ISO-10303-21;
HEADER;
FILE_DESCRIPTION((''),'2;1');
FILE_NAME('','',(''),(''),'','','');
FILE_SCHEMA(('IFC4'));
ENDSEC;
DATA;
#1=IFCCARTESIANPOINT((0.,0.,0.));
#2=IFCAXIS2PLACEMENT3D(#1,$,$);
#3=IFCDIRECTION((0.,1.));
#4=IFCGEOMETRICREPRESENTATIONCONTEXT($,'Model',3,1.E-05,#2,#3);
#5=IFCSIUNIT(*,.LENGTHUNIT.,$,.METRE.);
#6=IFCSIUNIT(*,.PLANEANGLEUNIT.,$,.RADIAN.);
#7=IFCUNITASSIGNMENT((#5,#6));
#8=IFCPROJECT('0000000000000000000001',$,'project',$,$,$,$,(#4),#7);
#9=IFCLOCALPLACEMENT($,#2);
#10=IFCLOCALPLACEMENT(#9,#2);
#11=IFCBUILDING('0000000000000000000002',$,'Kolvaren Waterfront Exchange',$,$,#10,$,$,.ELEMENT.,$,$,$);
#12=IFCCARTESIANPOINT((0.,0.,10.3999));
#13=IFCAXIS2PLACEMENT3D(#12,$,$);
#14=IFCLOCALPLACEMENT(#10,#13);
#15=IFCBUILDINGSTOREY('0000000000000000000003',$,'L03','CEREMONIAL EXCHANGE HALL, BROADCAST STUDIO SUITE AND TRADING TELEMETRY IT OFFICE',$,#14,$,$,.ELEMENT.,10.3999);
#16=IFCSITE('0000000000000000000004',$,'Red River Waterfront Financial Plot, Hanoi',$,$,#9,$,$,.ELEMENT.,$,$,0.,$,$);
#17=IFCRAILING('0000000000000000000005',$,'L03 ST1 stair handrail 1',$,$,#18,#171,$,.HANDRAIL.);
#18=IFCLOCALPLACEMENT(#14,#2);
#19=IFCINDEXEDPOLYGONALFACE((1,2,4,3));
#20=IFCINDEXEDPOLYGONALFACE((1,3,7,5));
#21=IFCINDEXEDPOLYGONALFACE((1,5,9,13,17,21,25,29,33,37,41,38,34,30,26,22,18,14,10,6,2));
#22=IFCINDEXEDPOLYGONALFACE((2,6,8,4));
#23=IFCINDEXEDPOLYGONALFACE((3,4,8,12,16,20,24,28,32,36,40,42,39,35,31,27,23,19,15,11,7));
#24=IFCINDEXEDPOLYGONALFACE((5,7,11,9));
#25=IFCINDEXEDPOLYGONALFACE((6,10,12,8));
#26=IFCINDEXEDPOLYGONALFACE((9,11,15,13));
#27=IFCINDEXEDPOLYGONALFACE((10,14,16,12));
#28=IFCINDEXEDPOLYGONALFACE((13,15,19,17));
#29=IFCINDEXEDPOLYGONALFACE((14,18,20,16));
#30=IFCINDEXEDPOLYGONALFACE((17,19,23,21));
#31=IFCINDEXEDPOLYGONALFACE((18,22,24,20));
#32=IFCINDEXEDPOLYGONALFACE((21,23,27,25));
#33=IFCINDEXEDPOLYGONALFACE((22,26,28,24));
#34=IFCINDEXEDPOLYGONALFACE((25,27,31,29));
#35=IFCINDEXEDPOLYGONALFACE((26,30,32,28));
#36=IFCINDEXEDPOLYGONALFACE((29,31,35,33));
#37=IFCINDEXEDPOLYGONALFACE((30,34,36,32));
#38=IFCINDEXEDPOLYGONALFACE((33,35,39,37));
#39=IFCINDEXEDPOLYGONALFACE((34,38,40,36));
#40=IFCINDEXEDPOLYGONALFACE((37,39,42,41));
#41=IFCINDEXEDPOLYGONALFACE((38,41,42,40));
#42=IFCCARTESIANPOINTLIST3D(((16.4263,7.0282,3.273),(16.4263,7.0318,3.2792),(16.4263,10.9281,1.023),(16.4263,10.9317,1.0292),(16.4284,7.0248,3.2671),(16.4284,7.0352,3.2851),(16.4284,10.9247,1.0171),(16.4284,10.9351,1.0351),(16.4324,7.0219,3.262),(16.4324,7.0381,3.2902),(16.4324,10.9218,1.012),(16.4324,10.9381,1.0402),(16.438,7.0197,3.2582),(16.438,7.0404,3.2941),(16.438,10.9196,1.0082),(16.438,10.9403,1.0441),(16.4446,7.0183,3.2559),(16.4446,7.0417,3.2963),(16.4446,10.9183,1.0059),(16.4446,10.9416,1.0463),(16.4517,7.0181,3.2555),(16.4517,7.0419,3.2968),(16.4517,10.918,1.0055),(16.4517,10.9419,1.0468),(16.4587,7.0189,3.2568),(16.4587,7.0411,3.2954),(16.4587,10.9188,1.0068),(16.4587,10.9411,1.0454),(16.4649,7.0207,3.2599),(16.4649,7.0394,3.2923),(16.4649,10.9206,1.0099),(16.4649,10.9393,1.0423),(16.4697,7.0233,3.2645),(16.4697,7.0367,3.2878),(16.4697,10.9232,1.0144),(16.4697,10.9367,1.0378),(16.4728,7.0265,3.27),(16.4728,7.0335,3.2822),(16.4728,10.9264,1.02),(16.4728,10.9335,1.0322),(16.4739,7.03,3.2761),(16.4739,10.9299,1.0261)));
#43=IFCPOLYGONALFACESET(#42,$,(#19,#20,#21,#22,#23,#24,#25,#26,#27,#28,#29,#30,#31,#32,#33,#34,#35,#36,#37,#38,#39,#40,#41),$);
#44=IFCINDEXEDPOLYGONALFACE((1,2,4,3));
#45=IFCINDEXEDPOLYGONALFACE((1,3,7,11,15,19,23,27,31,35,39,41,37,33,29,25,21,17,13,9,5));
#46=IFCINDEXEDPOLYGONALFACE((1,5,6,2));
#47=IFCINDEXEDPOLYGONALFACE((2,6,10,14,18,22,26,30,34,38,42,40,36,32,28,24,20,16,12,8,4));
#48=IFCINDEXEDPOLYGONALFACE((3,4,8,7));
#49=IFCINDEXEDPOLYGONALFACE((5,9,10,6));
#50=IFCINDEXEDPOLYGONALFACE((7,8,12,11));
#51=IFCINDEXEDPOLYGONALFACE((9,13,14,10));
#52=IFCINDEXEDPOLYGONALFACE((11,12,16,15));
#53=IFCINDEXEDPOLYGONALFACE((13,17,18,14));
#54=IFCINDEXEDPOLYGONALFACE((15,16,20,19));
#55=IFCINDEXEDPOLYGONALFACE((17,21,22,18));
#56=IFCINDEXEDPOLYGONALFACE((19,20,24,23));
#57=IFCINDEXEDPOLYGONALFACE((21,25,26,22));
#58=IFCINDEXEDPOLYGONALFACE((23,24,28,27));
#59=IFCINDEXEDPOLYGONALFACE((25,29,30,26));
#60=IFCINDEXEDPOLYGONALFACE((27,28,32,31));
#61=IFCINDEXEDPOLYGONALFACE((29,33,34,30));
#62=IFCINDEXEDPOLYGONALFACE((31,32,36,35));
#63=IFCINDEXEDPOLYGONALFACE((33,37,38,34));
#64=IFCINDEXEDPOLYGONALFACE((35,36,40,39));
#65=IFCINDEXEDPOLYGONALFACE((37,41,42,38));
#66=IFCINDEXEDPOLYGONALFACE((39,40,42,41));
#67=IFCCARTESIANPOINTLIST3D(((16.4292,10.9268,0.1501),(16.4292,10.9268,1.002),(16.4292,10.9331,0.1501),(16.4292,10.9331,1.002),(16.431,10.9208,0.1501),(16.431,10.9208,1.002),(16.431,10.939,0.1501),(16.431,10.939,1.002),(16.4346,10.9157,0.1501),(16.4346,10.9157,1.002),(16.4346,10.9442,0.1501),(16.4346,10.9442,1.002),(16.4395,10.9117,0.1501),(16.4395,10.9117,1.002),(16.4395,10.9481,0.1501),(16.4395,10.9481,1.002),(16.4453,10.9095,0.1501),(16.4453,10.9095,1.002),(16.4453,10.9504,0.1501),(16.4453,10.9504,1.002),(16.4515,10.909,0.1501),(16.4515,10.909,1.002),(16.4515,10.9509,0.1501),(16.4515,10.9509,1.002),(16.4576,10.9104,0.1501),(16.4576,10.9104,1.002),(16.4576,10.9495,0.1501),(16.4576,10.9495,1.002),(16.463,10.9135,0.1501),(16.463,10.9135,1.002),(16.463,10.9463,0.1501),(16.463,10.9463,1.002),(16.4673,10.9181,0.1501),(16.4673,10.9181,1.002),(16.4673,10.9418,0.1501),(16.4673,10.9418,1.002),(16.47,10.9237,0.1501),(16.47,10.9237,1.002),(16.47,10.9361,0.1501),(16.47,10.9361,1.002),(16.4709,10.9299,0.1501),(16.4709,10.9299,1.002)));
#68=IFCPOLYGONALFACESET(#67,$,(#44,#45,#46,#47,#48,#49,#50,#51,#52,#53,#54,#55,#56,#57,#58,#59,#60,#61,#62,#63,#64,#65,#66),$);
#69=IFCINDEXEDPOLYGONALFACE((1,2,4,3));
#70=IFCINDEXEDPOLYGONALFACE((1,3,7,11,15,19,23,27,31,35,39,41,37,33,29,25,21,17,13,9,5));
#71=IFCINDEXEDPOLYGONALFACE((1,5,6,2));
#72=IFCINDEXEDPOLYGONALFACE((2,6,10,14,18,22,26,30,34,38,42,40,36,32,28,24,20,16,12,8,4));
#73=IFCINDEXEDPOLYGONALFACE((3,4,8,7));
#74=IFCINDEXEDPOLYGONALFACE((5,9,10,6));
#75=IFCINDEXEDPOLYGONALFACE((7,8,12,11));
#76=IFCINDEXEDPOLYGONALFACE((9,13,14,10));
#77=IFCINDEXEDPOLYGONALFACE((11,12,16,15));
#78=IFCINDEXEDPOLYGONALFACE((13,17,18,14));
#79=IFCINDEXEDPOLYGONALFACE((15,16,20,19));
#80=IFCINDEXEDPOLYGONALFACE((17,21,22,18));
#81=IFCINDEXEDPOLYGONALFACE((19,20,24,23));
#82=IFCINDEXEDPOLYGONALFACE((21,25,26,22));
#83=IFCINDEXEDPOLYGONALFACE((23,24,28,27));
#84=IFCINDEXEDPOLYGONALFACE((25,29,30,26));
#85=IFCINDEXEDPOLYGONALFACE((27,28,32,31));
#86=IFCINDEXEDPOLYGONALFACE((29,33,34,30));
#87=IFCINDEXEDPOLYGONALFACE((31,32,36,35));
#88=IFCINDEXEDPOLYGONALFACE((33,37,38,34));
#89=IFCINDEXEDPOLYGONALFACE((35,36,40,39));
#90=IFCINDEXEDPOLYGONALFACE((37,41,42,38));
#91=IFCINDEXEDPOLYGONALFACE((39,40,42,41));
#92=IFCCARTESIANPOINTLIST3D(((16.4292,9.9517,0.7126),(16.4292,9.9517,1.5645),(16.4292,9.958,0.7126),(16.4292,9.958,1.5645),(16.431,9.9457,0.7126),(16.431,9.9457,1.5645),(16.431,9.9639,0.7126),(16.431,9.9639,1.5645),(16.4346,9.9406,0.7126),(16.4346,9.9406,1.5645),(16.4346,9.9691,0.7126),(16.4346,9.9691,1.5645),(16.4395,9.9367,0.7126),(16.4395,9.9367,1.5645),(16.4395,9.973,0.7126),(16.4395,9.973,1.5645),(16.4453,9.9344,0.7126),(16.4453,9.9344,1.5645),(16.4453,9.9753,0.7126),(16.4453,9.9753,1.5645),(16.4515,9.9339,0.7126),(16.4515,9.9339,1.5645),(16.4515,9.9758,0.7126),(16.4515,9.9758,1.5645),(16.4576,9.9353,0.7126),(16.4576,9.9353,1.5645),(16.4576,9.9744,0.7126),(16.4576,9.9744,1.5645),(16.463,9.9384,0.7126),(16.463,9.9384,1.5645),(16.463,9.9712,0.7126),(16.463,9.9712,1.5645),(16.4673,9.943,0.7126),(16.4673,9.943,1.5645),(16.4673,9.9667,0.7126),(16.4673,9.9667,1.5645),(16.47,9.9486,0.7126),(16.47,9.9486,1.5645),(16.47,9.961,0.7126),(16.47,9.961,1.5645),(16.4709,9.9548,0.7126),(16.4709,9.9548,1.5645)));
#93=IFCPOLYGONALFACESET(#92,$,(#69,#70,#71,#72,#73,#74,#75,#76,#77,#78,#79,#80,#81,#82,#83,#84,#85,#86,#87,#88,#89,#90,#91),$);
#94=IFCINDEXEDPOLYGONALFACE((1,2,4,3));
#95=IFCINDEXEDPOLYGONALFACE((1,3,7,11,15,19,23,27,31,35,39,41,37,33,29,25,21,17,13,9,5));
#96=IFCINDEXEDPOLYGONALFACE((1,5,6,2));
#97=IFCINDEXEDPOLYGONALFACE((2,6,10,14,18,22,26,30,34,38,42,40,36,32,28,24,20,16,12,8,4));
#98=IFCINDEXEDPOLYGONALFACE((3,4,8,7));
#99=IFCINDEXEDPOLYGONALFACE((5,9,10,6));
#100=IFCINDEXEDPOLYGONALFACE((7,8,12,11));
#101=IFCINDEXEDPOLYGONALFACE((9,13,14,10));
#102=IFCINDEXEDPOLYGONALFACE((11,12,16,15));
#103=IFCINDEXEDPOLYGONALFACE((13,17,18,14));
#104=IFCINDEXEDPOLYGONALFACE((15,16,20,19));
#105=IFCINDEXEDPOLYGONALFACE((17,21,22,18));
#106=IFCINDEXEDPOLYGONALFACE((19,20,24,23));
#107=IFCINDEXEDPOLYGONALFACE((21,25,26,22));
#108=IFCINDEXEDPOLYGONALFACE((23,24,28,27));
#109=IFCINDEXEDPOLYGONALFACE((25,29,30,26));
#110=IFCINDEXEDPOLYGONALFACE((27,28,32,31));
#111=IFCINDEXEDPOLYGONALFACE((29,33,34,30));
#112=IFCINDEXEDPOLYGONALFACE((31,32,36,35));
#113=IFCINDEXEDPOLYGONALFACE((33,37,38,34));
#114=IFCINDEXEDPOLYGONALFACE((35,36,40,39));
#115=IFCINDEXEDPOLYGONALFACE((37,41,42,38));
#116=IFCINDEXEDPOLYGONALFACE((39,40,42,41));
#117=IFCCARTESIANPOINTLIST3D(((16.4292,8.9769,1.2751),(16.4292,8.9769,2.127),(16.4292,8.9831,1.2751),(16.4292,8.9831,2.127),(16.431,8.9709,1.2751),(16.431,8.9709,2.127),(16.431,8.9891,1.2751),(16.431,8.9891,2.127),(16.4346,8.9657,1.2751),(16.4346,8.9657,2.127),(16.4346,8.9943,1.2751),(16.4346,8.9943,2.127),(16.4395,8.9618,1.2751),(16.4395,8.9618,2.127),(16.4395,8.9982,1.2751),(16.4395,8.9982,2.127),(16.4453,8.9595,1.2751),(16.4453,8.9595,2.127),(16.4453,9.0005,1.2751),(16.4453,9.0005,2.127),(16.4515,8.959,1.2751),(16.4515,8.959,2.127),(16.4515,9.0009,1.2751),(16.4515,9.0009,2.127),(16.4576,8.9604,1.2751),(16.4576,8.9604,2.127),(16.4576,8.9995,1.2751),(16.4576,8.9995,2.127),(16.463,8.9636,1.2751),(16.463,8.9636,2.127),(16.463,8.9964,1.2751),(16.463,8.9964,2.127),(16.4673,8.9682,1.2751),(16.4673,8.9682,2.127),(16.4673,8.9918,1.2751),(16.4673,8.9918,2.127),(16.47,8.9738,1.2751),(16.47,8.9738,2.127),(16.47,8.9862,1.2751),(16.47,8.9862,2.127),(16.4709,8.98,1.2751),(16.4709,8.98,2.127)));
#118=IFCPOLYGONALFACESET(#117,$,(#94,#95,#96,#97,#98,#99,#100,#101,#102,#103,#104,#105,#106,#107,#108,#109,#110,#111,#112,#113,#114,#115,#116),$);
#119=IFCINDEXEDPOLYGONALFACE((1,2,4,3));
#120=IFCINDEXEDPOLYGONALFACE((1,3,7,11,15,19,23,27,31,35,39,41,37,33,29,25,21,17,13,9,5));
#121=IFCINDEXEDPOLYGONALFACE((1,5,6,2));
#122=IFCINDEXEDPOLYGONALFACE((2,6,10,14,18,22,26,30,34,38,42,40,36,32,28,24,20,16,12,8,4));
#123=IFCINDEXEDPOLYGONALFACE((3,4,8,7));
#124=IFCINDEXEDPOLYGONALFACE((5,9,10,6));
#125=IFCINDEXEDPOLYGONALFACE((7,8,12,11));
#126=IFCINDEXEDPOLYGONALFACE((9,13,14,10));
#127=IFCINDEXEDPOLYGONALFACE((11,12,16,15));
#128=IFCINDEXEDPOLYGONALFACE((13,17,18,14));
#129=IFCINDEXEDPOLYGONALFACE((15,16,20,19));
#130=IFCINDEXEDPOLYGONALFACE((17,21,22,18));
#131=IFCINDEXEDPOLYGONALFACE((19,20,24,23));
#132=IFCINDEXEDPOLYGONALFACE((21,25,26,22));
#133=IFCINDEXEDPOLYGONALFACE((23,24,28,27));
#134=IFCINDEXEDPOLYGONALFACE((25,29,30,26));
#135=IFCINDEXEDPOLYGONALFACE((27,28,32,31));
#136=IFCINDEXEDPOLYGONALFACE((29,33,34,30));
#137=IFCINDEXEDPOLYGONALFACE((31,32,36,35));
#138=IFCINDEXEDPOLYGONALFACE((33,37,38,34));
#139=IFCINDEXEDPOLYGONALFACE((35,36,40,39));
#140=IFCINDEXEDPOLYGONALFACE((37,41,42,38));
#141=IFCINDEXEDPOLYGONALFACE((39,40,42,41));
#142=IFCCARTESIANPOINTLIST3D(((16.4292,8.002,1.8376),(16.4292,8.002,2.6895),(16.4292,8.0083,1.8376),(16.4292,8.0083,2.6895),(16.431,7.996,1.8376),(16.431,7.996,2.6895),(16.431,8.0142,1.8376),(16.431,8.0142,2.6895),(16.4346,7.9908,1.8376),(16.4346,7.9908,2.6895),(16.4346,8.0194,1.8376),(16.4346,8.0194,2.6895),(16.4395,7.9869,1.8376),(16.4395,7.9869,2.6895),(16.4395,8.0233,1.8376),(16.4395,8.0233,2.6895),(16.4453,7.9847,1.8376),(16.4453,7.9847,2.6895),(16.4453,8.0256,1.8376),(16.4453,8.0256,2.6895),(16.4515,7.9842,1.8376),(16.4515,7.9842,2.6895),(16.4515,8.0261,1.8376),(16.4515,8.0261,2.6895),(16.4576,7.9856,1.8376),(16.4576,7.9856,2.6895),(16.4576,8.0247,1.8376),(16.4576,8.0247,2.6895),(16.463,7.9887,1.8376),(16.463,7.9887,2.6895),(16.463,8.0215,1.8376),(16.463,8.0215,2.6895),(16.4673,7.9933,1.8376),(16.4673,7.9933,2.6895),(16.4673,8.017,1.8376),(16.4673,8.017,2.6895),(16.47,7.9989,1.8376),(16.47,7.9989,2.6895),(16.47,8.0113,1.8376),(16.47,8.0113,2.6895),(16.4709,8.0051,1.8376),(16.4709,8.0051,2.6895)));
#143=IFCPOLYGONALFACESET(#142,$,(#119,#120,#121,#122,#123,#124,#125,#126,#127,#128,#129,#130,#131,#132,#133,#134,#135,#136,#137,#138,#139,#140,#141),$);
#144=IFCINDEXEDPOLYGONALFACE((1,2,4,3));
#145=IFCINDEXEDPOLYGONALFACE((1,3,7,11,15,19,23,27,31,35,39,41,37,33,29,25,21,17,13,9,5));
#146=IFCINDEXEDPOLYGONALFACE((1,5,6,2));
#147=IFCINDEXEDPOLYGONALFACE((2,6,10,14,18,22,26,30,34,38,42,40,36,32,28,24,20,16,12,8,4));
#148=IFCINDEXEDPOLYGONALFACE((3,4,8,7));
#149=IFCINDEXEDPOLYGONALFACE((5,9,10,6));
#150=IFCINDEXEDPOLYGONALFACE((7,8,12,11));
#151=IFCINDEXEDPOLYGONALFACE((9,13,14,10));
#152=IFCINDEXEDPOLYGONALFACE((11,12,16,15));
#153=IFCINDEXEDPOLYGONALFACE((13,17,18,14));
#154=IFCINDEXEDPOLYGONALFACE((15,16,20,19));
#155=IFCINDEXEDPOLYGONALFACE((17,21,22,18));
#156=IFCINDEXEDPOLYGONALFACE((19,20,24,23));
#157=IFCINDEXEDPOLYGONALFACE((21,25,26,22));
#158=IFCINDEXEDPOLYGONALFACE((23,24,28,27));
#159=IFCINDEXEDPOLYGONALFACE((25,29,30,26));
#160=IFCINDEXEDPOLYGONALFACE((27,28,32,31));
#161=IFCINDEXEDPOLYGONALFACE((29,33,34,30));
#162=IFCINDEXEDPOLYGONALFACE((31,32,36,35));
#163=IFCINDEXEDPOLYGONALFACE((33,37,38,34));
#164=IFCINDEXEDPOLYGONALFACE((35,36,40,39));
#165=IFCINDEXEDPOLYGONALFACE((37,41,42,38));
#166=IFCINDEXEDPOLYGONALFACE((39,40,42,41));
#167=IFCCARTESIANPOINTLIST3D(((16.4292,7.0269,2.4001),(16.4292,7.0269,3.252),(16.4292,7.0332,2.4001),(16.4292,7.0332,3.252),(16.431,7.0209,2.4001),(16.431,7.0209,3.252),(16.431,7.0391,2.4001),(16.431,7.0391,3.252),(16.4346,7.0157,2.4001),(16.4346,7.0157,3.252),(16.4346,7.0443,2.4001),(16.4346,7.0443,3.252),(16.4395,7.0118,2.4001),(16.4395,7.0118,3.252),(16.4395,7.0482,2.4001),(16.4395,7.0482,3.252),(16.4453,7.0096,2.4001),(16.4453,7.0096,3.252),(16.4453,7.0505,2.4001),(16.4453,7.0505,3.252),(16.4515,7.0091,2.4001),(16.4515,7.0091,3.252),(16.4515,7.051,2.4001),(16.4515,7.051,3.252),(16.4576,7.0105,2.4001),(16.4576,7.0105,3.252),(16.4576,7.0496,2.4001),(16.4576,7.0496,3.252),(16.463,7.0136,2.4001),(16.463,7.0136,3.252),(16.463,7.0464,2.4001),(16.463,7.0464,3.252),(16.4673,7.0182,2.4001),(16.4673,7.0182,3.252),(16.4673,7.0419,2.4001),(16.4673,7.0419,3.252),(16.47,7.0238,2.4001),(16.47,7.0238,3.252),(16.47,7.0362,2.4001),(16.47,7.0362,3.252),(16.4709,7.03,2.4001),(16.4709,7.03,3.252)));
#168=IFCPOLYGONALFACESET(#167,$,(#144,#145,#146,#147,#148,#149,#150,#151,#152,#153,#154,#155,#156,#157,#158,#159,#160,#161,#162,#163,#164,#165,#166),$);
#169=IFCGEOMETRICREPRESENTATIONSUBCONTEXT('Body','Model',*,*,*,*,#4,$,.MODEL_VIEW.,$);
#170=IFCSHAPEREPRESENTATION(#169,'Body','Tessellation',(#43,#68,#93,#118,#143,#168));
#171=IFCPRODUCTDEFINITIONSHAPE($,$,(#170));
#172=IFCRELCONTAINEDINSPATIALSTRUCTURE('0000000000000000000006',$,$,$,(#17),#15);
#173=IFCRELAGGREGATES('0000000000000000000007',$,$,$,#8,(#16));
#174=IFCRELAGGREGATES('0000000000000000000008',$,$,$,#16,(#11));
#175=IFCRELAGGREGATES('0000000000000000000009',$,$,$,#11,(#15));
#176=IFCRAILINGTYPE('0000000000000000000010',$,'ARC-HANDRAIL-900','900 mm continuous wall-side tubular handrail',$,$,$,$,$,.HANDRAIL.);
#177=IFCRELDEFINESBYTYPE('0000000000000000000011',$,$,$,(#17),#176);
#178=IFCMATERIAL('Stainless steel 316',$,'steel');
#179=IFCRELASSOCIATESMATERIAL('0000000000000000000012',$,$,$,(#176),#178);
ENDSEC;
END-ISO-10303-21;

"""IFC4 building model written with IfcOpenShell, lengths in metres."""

from ifc_helpers import new_model, si_unit, direction, frame, origin, origin_2d, place, context, subcontext, project, spatial, circle, extrude, material, type_object, element, save


model = new_model("IFC4")

# Units and contexts
model_context = context("Model", 3, precision=1e-05, world=origin(), true_north=direction((0.0, 1.0)))
body_context = subcontext(model_context, "Body", "Model", "MODEL_VIEW")
ifc_project = project(units=[si_unit("LENGTHUNIT", "METRE"), si_unit("PLANEANGLEUNIT", "RADIAN")], contexts=[model_context])

# Site, building, storey
site_placement = place(None, origin())
site = spatial("IfcSite", under=ifc_project, at=site_placement, Name="Red River Waterfront Financial Plot, Hanoi", CompositionType="ELEMENT", RefElevation=0.0)
building_placement = place(site_placement, origin())
building = spatial("IfcBuilding", under=site, at=building_placement, Name="Kolvaren Waterfront Exchange", CompositionType="ELEMENT")
storey_placement = place(building_placement, frame((0.0, 0.0, 10.3999)))
storey = spatial("IfcBuildingStorey", under=building, at=storey_placement, Name="L03", Description="CEREMONIAL EXCHANGE HALL, BROADCAST STUDIO SUITE AND TRADING TELEMETRY IT OFFICE", CompositionType="ELEMENT", Elevation=10.3999)

# Railing
ifc_material_1 = material(Name="Stainless steel 316", Category="steel")
railing_type_1 = type_object("IfcRailingType", Name="ARC-HANDRAIL-900", Description="900 mm continuous wall-side tubular handrail", PredefinedType="HANDRAIL", material=ifc_material_1)
railing_1_placement = place(storey_placement, frame((16.45, 10.9299, 0.1501)))
element("IfcRailing", 1, at=railing_1_placement, inside=storey, type_object=railing_type_1, Name="L03 ST1 stair handrail 1", PredefinedType="HANDRAIL", context=body_context, shape_type="SweptSolid", body=[
    extrude(circle(Radius=0.0239, at=origin_2d()), frame((0.0, 0.0, 0.876), z_axis=(0.0, -0.86618, 0.499732), x_axis=(1.0, 0.0, 0.0)), (0.0, 0.0, 1.0), 4.5024),
    extrude(circle(Radius=0.021, at=origin_2d()), origin(), (0.0, 0.0, 1.0), 0.8518),
    extrude(circle(Radius=0.021, at=origin_2d()), frame((0.0, -0.9751, 0.5625)), (0.0, 0.0, 1.0), 0.8518),
    extrude(circle(Radius=0.021, at=origin_2d()), frame((0.0, -1.95, 1.125)), (0.0, 0.0, 1.0), 0.8518),
    extrude(circle(Radius=0.021, at=origin_2d()), frame((0.0, -2.9248, 1.6875)), (0.0, 0.0, 1.0), 0.8518),
    extrude(circle(Radius=0.021, at=origin_2d()), frame((0.0, -3.8999, 2.25)), (0.0, 0.0, 1.0), 0.8518),
])

save(model, "model.ifc")
